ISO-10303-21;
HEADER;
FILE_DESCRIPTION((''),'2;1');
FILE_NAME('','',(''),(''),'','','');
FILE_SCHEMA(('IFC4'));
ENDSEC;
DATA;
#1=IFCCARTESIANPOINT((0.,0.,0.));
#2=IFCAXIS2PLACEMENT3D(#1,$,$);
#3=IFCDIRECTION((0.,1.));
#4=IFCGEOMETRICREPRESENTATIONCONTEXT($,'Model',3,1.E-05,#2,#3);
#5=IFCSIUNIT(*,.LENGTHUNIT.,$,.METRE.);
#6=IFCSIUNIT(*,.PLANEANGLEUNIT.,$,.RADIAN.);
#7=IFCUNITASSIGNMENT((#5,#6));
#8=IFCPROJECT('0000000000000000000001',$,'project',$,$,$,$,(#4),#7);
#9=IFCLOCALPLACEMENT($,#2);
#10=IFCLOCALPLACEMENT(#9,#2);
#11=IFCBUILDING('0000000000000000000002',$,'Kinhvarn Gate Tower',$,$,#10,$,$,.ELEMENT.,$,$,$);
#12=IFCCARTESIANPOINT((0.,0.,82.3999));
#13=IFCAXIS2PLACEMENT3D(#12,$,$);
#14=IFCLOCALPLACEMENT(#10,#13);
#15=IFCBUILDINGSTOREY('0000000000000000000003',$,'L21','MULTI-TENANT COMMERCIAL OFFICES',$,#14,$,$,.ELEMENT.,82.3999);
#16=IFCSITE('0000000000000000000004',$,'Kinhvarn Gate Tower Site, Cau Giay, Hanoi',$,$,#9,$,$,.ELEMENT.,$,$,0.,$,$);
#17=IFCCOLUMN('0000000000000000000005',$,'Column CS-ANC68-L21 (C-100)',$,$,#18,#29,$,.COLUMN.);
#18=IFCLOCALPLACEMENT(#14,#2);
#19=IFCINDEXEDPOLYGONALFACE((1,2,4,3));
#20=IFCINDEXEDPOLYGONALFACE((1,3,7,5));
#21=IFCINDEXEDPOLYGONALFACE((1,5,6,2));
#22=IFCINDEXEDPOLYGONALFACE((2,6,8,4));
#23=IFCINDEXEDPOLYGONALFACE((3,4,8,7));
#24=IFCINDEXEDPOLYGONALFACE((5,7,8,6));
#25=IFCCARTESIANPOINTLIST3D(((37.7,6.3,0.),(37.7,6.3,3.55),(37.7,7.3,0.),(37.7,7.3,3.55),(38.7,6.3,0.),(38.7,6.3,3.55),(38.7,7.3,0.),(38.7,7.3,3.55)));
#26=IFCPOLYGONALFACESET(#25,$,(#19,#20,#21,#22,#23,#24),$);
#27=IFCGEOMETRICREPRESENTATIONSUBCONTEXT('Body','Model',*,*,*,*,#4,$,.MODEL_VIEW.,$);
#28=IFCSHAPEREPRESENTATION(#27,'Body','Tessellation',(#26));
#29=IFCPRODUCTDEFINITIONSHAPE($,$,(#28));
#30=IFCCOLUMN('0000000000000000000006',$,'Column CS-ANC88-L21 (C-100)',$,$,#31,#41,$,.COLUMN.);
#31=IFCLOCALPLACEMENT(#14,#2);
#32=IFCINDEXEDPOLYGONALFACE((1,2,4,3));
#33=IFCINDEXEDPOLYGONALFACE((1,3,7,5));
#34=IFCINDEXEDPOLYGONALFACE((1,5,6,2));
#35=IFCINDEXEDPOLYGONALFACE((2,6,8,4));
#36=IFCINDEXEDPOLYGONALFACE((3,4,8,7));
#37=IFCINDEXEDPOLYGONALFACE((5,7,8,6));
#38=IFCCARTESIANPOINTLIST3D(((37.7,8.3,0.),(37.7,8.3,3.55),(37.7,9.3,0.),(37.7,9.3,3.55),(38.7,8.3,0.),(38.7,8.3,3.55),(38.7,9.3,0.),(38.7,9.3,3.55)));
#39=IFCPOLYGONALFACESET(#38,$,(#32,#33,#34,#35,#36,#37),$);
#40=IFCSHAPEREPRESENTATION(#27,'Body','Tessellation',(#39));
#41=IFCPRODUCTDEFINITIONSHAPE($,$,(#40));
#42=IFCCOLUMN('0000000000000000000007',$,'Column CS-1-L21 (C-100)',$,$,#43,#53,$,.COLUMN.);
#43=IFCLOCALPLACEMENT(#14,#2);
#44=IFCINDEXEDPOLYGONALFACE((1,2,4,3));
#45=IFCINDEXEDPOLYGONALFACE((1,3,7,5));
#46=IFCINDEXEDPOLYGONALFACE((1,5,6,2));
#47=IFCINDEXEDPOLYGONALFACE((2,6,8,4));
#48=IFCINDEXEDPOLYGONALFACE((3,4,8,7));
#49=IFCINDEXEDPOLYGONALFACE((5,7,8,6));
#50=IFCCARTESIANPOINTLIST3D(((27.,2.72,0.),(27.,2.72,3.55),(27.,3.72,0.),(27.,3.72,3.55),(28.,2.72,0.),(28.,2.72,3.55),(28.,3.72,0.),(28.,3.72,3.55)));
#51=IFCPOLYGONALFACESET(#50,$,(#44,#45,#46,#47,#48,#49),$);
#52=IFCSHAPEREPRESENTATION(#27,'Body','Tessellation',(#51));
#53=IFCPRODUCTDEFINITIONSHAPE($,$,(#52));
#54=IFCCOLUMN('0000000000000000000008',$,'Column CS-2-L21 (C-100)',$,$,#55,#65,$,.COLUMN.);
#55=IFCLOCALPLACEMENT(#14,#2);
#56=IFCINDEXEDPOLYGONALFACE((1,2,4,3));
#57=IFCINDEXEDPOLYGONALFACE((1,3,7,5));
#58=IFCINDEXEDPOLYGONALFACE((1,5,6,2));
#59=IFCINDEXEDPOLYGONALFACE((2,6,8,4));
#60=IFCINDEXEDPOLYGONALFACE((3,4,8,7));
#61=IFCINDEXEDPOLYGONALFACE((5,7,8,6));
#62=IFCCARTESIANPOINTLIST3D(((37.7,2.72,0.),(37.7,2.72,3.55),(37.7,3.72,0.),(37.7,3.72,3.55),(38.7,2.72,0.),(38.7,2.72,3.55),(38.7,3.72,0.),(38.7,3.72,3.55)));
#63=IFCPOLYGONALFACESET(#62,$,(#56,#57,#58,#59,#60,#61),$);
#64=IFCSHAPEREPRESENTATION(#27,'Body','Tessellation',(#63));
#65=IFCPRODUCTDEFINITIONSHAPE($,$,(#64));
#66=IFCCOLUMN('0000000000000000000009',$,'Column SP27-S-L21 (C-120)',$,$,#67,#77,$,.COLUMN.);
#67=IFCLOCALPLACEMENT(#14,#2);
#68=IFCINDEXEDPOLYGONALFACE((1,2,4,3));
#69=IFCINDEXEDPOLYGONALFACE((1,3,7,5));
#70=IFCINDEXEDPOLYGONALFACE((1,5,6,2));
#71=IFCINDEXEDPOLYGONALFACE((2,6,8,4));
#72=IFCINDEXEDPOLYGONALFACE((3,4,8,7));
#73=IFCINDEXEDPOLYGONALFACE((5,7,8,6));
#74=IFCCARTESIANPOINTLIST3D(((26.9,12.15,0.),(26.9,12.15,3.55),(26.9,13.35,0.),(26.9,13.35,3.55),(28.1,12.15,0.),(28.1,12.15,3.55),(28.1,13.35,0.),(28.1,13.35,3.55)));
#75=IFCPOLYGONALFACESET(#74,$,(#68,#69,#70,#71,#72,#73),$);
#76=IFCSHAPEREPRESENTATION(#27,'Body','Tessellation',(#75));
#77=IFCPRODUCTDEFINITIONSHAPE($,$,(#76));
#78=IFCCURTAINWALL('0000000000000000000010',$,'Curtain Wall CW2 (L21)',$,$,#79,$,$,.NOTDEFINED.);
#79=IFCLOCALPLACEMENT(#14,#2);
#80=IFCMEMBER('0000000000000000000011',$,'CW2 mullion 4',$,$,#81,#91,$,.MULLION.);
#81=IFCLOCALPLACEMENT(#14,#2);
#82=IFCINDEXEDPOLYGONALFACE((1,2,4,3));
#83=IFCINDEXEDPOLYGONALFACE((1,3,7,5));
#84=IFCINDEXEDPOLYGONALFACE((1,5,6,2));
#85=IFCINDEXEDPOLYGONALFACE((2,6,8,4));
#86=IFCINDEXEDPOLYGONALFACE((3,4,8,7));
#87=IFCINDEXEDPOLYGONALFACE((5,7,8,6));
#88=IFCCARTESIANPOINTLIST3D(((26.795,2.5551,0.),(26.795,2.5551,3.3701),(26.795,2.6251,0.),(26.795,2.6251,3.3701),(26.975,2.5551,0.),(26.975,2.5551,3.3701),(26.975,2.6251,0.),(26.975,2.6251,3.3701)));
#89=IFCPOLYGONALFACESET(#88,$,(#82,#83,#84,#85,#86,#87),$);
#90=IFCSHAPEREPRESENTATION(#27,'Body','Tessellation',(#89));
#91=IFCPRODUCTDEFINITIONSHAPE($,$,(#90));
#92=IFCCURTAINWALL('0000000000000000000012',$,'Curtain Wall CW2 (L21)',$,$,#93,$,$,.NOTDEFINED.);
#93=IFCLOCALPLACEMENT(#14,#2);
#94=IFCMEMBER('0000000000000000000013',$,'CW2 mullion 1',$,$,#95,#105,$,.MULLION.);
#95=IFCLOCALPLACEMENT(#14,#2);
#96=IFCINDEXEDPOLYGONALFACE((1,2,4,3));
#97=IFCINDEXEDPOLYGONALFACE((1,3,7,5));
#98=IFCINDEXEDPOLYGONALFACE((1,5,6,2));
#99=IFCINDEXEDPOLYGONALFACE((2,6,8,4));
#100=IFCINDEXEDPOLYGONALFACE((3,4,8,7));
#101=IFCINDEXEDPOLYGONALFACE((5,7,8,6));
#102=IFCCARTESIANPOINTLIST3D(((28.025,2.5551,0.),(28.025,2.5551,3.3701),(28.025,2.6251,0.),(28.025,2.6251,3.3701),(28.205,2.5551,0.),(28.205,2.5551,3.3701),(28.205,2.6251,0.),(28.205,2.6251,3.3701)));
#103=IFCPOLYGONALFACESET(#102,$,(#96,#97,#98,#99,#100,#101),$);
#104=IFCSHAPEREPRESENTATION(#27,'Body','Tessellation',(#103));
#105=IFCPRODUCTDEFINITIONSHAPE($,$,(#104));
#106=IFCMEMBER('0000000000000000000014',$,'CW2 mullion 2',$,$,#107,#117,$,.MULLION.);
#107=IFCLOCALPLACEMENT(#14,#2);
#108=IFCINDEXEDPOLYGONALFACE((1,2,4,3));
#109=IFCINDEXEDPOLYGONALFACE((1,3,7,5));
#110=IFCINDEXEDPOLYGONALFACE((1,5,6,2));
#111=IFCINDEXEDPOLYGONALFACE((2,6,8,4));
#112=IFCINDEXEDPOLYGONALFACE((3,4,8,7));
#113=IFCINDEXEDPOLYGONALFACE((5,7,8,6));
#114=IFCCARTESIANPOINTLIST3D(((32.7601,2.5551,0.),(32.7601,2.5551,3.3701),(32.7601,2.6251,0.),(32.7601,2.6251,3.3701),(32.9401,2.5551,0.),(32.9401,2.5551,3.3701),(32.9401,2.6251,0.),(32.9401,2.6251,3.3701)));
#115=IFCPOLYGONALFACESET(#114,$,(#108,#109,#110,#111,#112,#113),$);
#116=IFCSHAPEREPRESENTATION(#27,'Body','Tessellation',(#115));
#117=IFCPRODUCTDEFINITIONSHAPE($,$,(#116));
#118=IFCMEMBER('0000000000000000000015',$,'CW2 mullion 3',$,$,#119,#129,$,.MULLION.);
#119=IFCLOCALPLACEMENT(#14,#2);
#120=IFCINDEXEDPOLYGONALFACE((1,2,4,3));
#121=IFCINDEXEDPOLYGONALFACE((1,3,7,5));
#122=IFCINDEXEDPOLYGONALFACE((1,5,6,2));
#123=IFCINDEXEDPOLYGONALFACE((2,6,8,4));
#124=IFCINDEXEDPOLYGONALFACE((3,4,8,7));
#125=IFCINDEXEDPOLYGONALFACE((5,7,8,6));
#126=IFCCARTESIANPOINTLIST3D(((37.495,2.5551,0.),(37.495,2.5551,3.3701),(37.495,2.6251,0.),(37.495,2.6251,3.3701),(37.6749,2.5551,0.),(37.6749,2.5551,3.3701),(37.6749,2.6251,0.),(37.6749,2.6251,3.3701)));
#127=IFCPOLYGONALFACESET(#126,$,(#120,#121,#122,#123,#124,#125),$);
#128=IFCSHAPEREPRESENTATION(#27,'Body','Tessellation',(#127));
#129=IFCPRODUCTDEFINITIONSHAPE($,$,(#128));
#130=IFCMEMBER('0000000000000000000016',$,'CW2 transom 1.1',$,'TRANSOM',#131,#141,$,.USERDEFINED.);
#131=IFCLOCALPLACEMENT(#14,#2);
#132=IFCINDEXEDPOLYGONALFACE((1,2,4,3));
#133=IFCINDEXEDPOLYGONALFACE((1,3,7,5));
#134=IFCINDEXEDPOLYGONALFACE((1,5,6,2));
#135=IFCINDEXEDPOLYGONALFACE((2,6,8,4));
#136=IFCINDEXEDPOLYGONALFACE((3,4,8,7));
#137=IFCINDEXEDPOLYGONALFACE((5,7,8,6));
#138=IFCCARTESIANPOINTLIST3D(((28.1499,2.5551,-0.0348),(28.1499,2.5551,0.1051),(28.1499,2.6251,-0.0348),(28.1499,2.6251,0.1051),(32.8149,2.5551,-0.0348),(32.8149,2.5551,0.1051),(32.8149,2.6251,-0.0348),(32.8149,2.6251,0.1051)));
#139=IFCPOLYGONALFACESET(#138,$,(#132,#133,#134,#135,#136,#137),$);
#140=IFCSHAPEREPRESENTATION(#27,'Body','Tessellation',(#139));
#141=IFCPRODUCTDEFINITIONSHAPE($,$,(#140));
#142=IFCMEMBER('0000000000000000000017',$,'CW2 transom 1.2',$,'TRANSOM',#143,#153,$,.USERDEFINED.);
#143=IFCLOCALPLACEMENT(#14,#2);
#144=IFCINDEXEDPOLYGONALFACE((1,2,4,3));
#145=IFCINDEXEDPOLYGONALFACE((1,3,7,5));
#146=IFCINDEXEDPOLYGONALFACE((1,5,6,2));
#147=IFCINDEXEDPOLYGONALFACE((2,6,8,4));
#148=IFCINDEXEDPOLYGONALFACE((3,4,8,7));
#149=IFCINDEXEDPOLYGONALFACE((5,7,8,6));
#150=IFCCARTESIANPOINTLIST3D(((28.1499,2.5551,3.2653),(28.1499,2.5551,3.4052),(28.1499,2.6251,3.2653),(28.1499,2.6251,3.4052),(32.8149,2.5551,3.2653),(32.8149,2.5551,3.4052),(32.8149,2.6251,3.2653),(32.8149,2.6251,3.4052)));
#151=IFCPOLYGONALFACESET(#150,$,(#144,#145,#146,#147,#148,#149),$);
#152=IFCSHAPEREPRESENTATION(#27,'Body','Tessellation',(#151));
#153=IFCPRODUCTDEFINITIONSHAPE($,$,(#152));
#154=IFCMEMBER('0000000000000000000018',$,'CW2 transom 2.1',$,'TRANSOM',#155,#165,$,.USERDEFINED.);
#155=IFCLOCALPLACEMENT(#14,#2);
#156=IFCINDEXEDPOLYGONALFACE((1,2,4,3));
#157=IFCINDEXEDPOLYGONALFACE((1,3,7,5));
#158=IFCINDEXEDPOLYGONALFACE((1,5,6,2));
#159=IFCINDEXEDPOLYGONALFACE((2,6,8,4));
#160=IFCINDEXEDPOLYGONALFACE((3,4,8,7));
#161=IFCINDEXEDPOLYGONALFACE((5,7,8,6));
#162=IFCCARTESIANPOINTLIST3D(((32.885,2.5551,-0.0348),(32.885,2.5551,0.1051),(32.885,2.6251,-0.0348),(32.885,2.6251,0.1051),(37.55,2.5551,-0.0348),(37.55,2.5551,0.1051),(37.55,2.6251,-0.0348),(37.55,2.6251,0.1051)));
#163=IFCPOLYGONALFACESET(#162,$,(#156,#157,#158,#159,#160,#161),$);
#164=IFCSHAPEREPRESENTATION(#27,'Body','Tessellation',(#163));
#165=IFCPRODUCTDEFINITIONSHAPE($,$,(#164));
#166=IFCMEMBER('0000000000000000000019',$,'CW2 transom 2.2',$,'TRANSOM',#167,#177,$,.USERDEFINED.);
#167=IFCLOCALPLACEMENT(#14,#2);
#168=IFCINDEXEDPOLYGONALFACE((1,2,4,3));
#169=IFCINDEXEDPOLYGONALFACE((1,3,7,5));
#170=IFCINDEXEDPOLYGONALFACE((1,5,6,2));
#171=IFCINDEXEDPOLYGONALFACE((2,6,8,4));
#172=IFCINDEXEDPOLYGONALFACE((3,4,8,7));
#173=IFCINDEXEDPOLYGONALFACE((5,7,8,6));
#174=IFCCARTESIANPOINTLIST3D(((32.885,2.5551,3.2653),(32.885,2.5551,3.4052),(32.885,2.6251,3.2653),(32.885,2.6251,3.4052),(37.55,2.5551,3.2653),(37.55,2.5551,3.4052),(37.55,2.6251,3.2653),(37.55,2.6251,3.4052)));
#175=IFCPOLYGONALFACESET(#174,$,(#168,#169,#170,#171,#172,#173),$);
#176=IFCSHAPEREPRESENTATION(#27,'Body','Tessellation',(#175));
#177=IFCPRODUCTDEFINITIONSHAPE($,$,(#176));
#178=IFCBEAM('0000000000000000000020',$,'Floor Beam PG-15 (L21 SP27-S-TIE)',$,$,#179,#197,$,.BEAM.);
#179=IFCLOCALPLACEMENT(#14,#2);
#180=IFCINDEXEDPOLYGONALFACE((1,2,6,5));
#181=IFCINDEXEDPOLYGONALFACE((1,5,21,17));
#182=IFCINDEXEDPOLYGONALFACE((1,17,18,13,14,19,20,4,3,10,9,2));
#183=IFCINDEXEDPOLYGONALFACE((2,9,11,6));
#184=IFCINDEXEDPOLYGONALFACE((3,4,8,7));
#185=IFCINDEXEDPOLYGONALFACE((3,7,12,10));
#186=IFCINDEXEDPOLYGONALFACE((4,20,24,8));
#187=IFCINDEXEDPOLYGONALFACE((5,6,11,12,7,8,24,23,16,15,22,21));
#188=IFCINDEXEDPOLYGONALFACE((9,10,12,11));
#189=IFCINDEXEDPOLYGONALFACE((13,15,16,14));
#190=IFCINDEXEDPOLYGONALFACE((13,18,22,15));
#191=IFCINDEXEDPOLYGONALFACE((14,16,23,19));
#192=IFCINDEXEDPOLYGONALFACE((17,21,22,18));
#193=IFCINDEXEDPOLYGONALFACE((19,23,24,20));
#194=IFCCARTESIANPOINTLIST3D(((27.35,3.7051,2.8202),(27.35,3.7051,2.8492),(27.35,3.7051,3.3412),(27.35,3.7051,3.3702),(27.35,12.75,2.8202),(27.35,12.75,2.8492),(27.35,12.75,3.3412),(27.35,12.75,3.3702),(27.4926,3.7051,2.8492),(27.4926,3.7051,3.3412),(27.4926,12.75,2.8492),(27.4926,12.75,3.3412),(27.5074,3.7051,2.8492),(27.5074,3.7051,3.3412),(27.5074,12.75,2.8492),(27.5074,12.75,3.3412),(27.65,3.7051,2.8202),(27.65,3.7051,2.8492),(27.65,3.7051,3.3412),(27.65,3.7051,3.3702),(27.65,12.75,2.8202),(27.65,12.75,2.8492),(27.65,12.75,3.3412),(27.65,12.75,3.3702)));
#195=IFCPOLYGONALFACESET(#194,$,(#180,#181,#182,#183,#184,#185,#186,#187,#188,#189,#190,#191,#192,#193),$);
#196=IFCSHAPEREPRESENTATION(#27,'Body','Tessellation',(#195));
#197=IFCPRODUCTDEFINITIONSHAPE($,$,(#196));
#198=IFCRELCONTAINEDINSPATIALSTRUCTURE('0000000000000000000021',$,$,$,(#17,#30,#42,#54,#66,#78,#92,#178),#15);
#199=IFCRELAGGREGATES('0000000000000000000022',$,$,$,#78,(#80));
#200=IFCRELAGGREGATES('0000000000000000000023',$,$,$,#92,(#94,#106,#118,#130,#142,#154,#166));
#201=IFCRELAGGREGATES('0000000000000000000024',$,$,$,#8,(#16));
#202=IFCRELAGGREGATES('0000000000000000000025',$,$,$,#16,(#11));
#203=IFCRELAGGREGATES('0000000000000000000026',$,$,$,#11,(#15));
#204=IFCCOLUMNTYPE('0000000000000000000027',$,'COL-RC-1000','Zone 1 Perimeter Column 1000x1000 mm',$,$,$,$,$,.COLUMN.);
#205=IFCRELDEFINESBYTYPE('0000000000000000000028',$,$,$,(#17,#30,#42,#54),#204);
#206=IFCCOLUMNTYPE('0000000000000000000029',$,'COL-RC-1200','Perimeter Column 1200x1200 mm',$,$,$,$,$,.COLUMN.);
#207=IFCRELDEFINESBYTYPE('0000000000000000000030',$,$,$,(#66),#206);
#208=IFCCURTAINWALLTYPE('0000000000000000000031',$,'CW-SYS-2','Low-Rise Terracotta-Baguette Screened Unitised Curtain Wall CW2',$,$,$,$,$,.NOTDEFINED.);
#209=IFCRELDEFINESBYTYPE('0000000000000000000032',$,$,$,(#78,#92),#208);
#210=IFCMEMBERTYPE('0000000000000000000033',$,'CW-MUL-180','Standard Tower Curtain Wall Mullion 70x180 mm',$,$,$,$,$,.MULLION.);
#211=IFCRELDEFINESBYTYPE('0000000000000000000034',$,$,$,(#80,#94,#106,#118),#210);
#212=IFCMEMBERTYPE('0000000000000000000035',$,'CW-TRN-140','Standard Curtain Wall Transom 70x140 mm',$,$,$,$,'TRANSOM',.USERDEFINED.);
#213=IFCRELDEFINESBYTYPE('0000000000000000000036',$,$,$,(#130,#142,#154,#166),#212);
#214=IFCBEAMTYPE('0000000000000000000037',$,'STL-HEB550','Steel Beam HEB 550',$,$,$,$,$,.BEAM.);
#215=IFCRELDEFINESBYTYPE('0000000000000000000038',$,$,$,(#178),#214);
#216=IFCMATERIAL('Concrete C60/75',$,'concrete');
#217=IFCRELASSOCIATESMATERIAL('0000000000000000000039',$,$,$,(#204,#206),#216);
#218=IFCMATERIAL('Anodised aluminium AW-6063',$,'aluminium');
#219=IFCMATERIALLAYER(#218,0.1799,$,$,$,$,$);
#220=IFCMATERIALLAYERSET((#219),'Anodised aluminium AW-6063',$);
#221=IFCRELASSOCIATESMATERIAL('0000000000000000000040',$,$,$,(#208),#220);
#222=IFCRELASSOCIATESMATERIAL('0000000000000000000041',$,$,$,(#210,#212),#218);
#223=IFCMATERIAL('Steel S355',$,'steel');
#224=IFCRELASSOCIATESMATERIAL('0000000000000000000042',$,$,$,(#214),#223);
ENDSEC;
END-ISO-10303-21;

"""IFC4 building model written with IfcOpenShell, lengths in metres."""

from ifc_helpers import new_model, si_unit, direction, frame, origin, origin_2d, place, context, subcontext, project, spatial, rectangle, i_section, extrude, material, layer, layer_set, material_profile, profile_set, type_object, element, aggregate, save


model = new_model("IFC4")

# Units and contexts
model_context = context("Model", 3, precision=1e-05, world=origin(), true_north=direction((0.0, 1.0)))
body_context = subcontext(model_context, "Body", "Model", "MODEL_VIEW")
ifc_project = project(units=[si_unit("LENGTHUNIT", "METRE"), si_unit("PLANEANGLEUNIT", "RADIAN")], contexts=[model_context])

# Site, building, storey
site_placement = place(None, origin())
site = spatial("IfcSite", under=ifc_project, at=site_placement, Name="Kinhvarn Gate Tower Site, Cau Giay, Hanoi", CompositionType="ELEMENT", RefElevation=0.0)
building_placement = place(site_placement, origin())
building = spatial("IfcBuilding", under=site, at=building_placement, Name="Kinhvarn Gate Tower", CompositionType="ELEMENT")
storey_placement = place(building_placement, frame((0.0, 0.0, 82.3999)))
storey = spatial("IfcBuildingStorey", under=building, at=storey_placement, Name="L21", Description="MULTI-TENANT COMMERCIAL OFFICES", CompositionType="ELEMENT", Elevation=82.3999)

# Columns
ifc_material_1 = material(Name="Concrete C60/75", Category="concrete")
ifc_material_profile_1 = material_profile(ifc_material_1, rectangle(XDim=1.0, YDim=1.0, at=origin_2d()), Name="RC 1000x1000")
ifc_profile_set_1 = profile_set([ifc_material_profile_1], Name="Concrete C60/75")
column_type_1 = type_object("IfcColumnType", Name="COL-RC-1000", Description="Zone 1 Perimeter Column 1000x1000 mm", PredefinedType="COLUMN", material=ifc_profile_set_1)
for number, where, z_axis, x_axis, name in (
    (1, (38.2, 6.8, 0.0), (0.0, 0.0, 1.0), (1.0, 0.0, 0.0), "Column CS-ANC68-L21 (C-100)"),
    (2, (38.2, 8.8, 0.0), (0.0, 0.0, 1.0), (1.0, 0.0, 0.0), "Column CS-ANC88-L21 (C-100)"),
    (3, (27.5, 3.22, 0.0), (0.0, 0.0, 1.0), (1.0, 0.0, 0.0), "Column CS-1-L21 (C-100)"),
    (4, (38.2, 3.22, 0.0), (0.0, 0.0, 1.0), (1.0, 0.0, 0.0), "Column CS-2-L21 (C-100)"),
):
    element("IfcColumn", number, at=place(storey_placement, frame(where, z_axis=z_axis, x_axis=x_axis)), inside=storey, type_object=column_type_1, Name=name, PredefinedType="COLUMN", context=body_context, shape_type="SweptSolid", body=[
        extrude(rectangle(XDim=1.0, YDim=1.0, at=origin_2d()), origin(), (0.0, 0.0, 1.0), 3.55),
    ])
ifc_material_profile_2 = material_profile(ifc_material_1, rectangle(XDim=1.2, YDim=1.2, at=origin_2d()), Name="RC 1200x1200")
ifc_profile_set_2 = profile_set([ifc_material_profile_2], Name="Concrete C60/75")
column_type_2 = type_object("IfcColumnType", Name="COL-RC-1200", Description="Perimeter Column 1200x1200 mm", PredefinedType="COLUMN", material=ifc_profile_set_2)
column_placement = place(storey_placement, frame((27.5, 12.75, 0.0), z_axis=(0.0, 0.0, 1.0), x_axis=(1.0, 0.0, 0.0)))
element("IfcColumn", 5, at=column_placement, inside=storey, type_object=column_type_2, Name="Column SP27-S-L21 (C-120)", PredefinedType="COLUMN", context=body_context, shape_type="SweptSolid", body=[
    extrude(rectangle(XDim=1.2, YDim=1.2, at=origin_2d()), origin(), (0.0, 0.0, 1.0), 3.55),
])

# Curtain wall, member
ifc_material_2 = material(Name="Anodised aluminium AW-6063", Category="aluminium")
ifc_layer_1 = layer(ifc_material_2, 0.1799)
ifc_layer_set_1 = layer_set([ifc_layer_1], Name="Anodised aluminium AW-6063")
curtain_wall_type = type_object("IfcCurtainWallType", Name="CW-SYS-2", Description="Low-Rise Terracotta-Baguette Screened Unitised Curtain Wall CW2", PredefinedType="NOTDEFINED", material=ifc_layer_set_1)
curtain_wall_1_placement = place(storey_placement, origin())
curtain_wall_1 = element("IfcCurtainWall", 6, at=curtain_wall_1_placement, inside=storey, type_object=curtain_wall_type, Name="Curtain Wall CW2 (L21)", PredefinedType="NOTDEFINED")
ifc_material_profile_3 = material_profile(ifc_material_2, rectangle(XDim=0.0701, YDim=0.1799, at=origin_2d()), Name="ALU 70x180")
ifc_profile_set_3 = profile_set([ifc_material_profile_3], Name="Anodised aluminium AW-6063")
member_type_1 = type_object("IfcMemberType", Name="CW-MUL-180", Description="Standard Tower Curtain Wall Mullion 70x180 mm", PredefinedType="MULLION", material=ifc_profile_set_3)
member_1_placement = place(storey_placement, frame((26.885, 2.5901, 0.0), z_axis=(0.0, 0.0, 1.0), x_axis=(0.0, 1.0, 0.0)))
member_1 = element("IfcMember", 7, at=member_1_placement, type_object=member_type_1, Name="CW2 mullion 4", PredefinedType="MULLION", context=body_context, shape_type="SweptSolid", body=[
    extrude(rectangle(XDim=0.0701, YDim=0.1799, at=origin_2d()), origin(), (0.0, 0.0, 1.0), 3.3701),
])
aggregate(curtain_wall_1, [member_1])

# Curtain wall, members
curtain_wall_2_placement = place(storey_placement, origin())
curtain_wall_2 = element("IfcCurtainWall", 8, at=curtain_wall_2_placement, inside=storey, type_object=curtain_wall_type, Name="Curtain Wall CW2 (L21)", PredefinedType="NOTDEFINED")
member_2_placement = place(storey_placement, frame((28.115, 2.5901, 0.0), z_axis=(0.0, 0.0, 1.0), x_axis=(0.0, 1.0, 0.0)))
member_2 = element("IfcMember", 9, at=member_2_placement, type_object=member_type_1, Name="CW2 mullion 1", PredefinedType="MULLION", context=body_context, shape_type="SweptSolid", body=[
    extrude(rectangle(XDim=0.0701, YDim=0.1799, at=origin_2d()), origin(), (0.0, 0.0, 1.0), 3.3701),
])
member_3_placement = place(storey_placement, frame((32.8501, 2.5901, 0.0), z_axis=(0.0, 0.0, 1.0), x_axis=(0.0, 1.0, 0.0)))
member_3 = element("IfcMember", 10, at=member_3_placement, type_object=member_type_1, Name="CW2 mullion 2", PredefinedType="MULLION", context=body_context, shape_type="SweptSolid", body=[
    extrude(rectangle(XDim=0.0701, YDim=0.1799, at=origin_2d()), origin(), (0.0, 0.0, 1.0), 3.3701),
])
member_4_placement = place(storey_placement, frame((37.585, 2.5901, 0.0), z_axis=(0.0, 0.0, 1.0), x_axis=(0.0, 1.0, 0.0)))
member_4 = element("IfcMember", 11, at=member_4_placement, type_object=member_type_1, Name="CW2 mullion 3", PredefinedType="MULLION", context=body_context, shape_type="SweptSolid", body=[
    extrude(rectangle(XDim=0.0701, YDim=0.1799, at=origin_2d()), origin(), (0.0, 0.0, 1.0), 3.3701),
])
ifc_material_profile_4 = material_profile(ifc_material_2, rectangle(XDim=0.0701, YDim=0.1399, at=origin_2d()), Name="ALU 70x140")
ifc_profile_set_4 = profile_set([ifc_material_profile_4], Name="Anodised aluminium AW-6063")
member_type_2 = type_object("IfcMemberType", Name="CW-TRN-140", Description="Standard Curtain Wall Transom 70x140 mm", ElementType="TRANSOM", PredefinedType="USERDEFINED", material=ifc_profile_set_4)
member_5_placement = place(storey_placement, frame((28.1499, 2.5901, 0.0352), z_axis=(1.0, 0.0, 0.0), x_axis=(0.0, 1.0, 0.0)))
member_5 = element("IfcMember", 12, at=member_5_placement, type_object=member_type_2, Name="CW2 transom 1.1", ObjectType="TRANSOM", PredefinedType="USERDEFINED", context=body_context, shape_type="SweptSolid", body=[
    extrude(rectangle(XDim=0.0701, YDim=0.1399, at=origin_2d()), origin(), (0.0, 0.0, 1.0), 4.665),
])
member_6_placement = place(storey_placement, frame((28.1499, 2.5901, 3.3352), z_axis=(1.0, 0.0, 0.0), x_axis=(0.0, 1.0, 0.0)))
member_6 = element("IfcMember", 13, at=member_6_placement, type_object=member_type_2, Name="CW2 transom 1.2", ObjectType="TRANSOM", PredefinedType="USERDEFINED", context=body_context, shape_type="SweptSolid", body=[
    extrude(rectangle(XDim=0.0701, YDim=0.1399, at=origin_2d()), origin(), (0.0, 0.0, 1.0), 4.665),
])
member_7_placement = place(storey_placement, frame((32.885, 2.5901, 0.0352), z_axis=(1.0, 0.0, 0.0), x_axis=(0.0, 1.0, 0.0)))
member_7 = element("IfcMember", 14, at=member_7_placement, type_object=member_type_2, Name="CW2 transom 2.1", ObjectType="TRANSOM", PredefinedType="USERDEFINED", context=body_context, shape_type="SweptSolid", body=[
    extrude(rectangle(XDim=0.0701, YDim=0.1399, at=origin_2d()), origin(), (0.0, 0.0, 1.0), 4.665),
])
member_8_placement = place(storey_placement, frame((32.885, 2.5901, 3.3352), z_axis=(1.0, 0.0, 0.0), x_axis=(0.0, 1.0, 0.0)))
member_8 = element("IfcMember", 15, at=member_8_placement, type_object=member_type_2, Name="CW2 transom 2.2", ObjectType="TRANSOM", PredefinedType="USERDEFINED", context=body_context, shape_type="SweptSolid", body=[
    extrude(rectangle(XDim=0.0701, YDim=0.1399, at=origin_2d()), origin(), (0.0, 0.0, 1.0), 4.665),
])

# Beam
ifc_material_3 = material(Name="Steel S355", Category="steel")
ifc_material_profile_5 = material_profile(ifc_material_3, i_section(OverallWidth=0.3, OverallDepth=0.55, WebThickness=0.0149, FlangeThickness=0.0291, at=origin_2d()), Name="HEB 550")
ifc_profile_set_5 = profile_set([ifc_material_profile_5], Name="Steel S355")
beam_type_1 = type_object("IfcBeamType", Name="STL-HEB550", Description="Steel Beam HEB 550", PredefinedType="BEAM", material=ifc_profile_set_5)
beam_1_placement = place(storey_placement, frame((27.5, 3.7051, 3.0952), z_axis=(0.0, 1.0, 0.0), x_axis=(-1.0, 0.0, 0.0)))
element("IfcBeam", 16, at=beam_1_placement, inside=storey, type_object=beam_type_1, Name="Floor Beam PG-15 (L21 SP27-S-TIE)", PredefinedType="BEAM", context=body_context, shape_type="SweptSolid", body=[
    extrude(i_section(OverallWidth=0.3, OverallDepth=0.55, WebThickness=0.0149, FlangeThickness=0.0291, at=origin_2d()), origin(), (0.0, 0.0, 1.0), 9.0449),
])

aggregate(curtain_wall_2, [member_2, member_3, member_4, member_5, member_6, member_7, member_8])

save(model, "model.ifc")
